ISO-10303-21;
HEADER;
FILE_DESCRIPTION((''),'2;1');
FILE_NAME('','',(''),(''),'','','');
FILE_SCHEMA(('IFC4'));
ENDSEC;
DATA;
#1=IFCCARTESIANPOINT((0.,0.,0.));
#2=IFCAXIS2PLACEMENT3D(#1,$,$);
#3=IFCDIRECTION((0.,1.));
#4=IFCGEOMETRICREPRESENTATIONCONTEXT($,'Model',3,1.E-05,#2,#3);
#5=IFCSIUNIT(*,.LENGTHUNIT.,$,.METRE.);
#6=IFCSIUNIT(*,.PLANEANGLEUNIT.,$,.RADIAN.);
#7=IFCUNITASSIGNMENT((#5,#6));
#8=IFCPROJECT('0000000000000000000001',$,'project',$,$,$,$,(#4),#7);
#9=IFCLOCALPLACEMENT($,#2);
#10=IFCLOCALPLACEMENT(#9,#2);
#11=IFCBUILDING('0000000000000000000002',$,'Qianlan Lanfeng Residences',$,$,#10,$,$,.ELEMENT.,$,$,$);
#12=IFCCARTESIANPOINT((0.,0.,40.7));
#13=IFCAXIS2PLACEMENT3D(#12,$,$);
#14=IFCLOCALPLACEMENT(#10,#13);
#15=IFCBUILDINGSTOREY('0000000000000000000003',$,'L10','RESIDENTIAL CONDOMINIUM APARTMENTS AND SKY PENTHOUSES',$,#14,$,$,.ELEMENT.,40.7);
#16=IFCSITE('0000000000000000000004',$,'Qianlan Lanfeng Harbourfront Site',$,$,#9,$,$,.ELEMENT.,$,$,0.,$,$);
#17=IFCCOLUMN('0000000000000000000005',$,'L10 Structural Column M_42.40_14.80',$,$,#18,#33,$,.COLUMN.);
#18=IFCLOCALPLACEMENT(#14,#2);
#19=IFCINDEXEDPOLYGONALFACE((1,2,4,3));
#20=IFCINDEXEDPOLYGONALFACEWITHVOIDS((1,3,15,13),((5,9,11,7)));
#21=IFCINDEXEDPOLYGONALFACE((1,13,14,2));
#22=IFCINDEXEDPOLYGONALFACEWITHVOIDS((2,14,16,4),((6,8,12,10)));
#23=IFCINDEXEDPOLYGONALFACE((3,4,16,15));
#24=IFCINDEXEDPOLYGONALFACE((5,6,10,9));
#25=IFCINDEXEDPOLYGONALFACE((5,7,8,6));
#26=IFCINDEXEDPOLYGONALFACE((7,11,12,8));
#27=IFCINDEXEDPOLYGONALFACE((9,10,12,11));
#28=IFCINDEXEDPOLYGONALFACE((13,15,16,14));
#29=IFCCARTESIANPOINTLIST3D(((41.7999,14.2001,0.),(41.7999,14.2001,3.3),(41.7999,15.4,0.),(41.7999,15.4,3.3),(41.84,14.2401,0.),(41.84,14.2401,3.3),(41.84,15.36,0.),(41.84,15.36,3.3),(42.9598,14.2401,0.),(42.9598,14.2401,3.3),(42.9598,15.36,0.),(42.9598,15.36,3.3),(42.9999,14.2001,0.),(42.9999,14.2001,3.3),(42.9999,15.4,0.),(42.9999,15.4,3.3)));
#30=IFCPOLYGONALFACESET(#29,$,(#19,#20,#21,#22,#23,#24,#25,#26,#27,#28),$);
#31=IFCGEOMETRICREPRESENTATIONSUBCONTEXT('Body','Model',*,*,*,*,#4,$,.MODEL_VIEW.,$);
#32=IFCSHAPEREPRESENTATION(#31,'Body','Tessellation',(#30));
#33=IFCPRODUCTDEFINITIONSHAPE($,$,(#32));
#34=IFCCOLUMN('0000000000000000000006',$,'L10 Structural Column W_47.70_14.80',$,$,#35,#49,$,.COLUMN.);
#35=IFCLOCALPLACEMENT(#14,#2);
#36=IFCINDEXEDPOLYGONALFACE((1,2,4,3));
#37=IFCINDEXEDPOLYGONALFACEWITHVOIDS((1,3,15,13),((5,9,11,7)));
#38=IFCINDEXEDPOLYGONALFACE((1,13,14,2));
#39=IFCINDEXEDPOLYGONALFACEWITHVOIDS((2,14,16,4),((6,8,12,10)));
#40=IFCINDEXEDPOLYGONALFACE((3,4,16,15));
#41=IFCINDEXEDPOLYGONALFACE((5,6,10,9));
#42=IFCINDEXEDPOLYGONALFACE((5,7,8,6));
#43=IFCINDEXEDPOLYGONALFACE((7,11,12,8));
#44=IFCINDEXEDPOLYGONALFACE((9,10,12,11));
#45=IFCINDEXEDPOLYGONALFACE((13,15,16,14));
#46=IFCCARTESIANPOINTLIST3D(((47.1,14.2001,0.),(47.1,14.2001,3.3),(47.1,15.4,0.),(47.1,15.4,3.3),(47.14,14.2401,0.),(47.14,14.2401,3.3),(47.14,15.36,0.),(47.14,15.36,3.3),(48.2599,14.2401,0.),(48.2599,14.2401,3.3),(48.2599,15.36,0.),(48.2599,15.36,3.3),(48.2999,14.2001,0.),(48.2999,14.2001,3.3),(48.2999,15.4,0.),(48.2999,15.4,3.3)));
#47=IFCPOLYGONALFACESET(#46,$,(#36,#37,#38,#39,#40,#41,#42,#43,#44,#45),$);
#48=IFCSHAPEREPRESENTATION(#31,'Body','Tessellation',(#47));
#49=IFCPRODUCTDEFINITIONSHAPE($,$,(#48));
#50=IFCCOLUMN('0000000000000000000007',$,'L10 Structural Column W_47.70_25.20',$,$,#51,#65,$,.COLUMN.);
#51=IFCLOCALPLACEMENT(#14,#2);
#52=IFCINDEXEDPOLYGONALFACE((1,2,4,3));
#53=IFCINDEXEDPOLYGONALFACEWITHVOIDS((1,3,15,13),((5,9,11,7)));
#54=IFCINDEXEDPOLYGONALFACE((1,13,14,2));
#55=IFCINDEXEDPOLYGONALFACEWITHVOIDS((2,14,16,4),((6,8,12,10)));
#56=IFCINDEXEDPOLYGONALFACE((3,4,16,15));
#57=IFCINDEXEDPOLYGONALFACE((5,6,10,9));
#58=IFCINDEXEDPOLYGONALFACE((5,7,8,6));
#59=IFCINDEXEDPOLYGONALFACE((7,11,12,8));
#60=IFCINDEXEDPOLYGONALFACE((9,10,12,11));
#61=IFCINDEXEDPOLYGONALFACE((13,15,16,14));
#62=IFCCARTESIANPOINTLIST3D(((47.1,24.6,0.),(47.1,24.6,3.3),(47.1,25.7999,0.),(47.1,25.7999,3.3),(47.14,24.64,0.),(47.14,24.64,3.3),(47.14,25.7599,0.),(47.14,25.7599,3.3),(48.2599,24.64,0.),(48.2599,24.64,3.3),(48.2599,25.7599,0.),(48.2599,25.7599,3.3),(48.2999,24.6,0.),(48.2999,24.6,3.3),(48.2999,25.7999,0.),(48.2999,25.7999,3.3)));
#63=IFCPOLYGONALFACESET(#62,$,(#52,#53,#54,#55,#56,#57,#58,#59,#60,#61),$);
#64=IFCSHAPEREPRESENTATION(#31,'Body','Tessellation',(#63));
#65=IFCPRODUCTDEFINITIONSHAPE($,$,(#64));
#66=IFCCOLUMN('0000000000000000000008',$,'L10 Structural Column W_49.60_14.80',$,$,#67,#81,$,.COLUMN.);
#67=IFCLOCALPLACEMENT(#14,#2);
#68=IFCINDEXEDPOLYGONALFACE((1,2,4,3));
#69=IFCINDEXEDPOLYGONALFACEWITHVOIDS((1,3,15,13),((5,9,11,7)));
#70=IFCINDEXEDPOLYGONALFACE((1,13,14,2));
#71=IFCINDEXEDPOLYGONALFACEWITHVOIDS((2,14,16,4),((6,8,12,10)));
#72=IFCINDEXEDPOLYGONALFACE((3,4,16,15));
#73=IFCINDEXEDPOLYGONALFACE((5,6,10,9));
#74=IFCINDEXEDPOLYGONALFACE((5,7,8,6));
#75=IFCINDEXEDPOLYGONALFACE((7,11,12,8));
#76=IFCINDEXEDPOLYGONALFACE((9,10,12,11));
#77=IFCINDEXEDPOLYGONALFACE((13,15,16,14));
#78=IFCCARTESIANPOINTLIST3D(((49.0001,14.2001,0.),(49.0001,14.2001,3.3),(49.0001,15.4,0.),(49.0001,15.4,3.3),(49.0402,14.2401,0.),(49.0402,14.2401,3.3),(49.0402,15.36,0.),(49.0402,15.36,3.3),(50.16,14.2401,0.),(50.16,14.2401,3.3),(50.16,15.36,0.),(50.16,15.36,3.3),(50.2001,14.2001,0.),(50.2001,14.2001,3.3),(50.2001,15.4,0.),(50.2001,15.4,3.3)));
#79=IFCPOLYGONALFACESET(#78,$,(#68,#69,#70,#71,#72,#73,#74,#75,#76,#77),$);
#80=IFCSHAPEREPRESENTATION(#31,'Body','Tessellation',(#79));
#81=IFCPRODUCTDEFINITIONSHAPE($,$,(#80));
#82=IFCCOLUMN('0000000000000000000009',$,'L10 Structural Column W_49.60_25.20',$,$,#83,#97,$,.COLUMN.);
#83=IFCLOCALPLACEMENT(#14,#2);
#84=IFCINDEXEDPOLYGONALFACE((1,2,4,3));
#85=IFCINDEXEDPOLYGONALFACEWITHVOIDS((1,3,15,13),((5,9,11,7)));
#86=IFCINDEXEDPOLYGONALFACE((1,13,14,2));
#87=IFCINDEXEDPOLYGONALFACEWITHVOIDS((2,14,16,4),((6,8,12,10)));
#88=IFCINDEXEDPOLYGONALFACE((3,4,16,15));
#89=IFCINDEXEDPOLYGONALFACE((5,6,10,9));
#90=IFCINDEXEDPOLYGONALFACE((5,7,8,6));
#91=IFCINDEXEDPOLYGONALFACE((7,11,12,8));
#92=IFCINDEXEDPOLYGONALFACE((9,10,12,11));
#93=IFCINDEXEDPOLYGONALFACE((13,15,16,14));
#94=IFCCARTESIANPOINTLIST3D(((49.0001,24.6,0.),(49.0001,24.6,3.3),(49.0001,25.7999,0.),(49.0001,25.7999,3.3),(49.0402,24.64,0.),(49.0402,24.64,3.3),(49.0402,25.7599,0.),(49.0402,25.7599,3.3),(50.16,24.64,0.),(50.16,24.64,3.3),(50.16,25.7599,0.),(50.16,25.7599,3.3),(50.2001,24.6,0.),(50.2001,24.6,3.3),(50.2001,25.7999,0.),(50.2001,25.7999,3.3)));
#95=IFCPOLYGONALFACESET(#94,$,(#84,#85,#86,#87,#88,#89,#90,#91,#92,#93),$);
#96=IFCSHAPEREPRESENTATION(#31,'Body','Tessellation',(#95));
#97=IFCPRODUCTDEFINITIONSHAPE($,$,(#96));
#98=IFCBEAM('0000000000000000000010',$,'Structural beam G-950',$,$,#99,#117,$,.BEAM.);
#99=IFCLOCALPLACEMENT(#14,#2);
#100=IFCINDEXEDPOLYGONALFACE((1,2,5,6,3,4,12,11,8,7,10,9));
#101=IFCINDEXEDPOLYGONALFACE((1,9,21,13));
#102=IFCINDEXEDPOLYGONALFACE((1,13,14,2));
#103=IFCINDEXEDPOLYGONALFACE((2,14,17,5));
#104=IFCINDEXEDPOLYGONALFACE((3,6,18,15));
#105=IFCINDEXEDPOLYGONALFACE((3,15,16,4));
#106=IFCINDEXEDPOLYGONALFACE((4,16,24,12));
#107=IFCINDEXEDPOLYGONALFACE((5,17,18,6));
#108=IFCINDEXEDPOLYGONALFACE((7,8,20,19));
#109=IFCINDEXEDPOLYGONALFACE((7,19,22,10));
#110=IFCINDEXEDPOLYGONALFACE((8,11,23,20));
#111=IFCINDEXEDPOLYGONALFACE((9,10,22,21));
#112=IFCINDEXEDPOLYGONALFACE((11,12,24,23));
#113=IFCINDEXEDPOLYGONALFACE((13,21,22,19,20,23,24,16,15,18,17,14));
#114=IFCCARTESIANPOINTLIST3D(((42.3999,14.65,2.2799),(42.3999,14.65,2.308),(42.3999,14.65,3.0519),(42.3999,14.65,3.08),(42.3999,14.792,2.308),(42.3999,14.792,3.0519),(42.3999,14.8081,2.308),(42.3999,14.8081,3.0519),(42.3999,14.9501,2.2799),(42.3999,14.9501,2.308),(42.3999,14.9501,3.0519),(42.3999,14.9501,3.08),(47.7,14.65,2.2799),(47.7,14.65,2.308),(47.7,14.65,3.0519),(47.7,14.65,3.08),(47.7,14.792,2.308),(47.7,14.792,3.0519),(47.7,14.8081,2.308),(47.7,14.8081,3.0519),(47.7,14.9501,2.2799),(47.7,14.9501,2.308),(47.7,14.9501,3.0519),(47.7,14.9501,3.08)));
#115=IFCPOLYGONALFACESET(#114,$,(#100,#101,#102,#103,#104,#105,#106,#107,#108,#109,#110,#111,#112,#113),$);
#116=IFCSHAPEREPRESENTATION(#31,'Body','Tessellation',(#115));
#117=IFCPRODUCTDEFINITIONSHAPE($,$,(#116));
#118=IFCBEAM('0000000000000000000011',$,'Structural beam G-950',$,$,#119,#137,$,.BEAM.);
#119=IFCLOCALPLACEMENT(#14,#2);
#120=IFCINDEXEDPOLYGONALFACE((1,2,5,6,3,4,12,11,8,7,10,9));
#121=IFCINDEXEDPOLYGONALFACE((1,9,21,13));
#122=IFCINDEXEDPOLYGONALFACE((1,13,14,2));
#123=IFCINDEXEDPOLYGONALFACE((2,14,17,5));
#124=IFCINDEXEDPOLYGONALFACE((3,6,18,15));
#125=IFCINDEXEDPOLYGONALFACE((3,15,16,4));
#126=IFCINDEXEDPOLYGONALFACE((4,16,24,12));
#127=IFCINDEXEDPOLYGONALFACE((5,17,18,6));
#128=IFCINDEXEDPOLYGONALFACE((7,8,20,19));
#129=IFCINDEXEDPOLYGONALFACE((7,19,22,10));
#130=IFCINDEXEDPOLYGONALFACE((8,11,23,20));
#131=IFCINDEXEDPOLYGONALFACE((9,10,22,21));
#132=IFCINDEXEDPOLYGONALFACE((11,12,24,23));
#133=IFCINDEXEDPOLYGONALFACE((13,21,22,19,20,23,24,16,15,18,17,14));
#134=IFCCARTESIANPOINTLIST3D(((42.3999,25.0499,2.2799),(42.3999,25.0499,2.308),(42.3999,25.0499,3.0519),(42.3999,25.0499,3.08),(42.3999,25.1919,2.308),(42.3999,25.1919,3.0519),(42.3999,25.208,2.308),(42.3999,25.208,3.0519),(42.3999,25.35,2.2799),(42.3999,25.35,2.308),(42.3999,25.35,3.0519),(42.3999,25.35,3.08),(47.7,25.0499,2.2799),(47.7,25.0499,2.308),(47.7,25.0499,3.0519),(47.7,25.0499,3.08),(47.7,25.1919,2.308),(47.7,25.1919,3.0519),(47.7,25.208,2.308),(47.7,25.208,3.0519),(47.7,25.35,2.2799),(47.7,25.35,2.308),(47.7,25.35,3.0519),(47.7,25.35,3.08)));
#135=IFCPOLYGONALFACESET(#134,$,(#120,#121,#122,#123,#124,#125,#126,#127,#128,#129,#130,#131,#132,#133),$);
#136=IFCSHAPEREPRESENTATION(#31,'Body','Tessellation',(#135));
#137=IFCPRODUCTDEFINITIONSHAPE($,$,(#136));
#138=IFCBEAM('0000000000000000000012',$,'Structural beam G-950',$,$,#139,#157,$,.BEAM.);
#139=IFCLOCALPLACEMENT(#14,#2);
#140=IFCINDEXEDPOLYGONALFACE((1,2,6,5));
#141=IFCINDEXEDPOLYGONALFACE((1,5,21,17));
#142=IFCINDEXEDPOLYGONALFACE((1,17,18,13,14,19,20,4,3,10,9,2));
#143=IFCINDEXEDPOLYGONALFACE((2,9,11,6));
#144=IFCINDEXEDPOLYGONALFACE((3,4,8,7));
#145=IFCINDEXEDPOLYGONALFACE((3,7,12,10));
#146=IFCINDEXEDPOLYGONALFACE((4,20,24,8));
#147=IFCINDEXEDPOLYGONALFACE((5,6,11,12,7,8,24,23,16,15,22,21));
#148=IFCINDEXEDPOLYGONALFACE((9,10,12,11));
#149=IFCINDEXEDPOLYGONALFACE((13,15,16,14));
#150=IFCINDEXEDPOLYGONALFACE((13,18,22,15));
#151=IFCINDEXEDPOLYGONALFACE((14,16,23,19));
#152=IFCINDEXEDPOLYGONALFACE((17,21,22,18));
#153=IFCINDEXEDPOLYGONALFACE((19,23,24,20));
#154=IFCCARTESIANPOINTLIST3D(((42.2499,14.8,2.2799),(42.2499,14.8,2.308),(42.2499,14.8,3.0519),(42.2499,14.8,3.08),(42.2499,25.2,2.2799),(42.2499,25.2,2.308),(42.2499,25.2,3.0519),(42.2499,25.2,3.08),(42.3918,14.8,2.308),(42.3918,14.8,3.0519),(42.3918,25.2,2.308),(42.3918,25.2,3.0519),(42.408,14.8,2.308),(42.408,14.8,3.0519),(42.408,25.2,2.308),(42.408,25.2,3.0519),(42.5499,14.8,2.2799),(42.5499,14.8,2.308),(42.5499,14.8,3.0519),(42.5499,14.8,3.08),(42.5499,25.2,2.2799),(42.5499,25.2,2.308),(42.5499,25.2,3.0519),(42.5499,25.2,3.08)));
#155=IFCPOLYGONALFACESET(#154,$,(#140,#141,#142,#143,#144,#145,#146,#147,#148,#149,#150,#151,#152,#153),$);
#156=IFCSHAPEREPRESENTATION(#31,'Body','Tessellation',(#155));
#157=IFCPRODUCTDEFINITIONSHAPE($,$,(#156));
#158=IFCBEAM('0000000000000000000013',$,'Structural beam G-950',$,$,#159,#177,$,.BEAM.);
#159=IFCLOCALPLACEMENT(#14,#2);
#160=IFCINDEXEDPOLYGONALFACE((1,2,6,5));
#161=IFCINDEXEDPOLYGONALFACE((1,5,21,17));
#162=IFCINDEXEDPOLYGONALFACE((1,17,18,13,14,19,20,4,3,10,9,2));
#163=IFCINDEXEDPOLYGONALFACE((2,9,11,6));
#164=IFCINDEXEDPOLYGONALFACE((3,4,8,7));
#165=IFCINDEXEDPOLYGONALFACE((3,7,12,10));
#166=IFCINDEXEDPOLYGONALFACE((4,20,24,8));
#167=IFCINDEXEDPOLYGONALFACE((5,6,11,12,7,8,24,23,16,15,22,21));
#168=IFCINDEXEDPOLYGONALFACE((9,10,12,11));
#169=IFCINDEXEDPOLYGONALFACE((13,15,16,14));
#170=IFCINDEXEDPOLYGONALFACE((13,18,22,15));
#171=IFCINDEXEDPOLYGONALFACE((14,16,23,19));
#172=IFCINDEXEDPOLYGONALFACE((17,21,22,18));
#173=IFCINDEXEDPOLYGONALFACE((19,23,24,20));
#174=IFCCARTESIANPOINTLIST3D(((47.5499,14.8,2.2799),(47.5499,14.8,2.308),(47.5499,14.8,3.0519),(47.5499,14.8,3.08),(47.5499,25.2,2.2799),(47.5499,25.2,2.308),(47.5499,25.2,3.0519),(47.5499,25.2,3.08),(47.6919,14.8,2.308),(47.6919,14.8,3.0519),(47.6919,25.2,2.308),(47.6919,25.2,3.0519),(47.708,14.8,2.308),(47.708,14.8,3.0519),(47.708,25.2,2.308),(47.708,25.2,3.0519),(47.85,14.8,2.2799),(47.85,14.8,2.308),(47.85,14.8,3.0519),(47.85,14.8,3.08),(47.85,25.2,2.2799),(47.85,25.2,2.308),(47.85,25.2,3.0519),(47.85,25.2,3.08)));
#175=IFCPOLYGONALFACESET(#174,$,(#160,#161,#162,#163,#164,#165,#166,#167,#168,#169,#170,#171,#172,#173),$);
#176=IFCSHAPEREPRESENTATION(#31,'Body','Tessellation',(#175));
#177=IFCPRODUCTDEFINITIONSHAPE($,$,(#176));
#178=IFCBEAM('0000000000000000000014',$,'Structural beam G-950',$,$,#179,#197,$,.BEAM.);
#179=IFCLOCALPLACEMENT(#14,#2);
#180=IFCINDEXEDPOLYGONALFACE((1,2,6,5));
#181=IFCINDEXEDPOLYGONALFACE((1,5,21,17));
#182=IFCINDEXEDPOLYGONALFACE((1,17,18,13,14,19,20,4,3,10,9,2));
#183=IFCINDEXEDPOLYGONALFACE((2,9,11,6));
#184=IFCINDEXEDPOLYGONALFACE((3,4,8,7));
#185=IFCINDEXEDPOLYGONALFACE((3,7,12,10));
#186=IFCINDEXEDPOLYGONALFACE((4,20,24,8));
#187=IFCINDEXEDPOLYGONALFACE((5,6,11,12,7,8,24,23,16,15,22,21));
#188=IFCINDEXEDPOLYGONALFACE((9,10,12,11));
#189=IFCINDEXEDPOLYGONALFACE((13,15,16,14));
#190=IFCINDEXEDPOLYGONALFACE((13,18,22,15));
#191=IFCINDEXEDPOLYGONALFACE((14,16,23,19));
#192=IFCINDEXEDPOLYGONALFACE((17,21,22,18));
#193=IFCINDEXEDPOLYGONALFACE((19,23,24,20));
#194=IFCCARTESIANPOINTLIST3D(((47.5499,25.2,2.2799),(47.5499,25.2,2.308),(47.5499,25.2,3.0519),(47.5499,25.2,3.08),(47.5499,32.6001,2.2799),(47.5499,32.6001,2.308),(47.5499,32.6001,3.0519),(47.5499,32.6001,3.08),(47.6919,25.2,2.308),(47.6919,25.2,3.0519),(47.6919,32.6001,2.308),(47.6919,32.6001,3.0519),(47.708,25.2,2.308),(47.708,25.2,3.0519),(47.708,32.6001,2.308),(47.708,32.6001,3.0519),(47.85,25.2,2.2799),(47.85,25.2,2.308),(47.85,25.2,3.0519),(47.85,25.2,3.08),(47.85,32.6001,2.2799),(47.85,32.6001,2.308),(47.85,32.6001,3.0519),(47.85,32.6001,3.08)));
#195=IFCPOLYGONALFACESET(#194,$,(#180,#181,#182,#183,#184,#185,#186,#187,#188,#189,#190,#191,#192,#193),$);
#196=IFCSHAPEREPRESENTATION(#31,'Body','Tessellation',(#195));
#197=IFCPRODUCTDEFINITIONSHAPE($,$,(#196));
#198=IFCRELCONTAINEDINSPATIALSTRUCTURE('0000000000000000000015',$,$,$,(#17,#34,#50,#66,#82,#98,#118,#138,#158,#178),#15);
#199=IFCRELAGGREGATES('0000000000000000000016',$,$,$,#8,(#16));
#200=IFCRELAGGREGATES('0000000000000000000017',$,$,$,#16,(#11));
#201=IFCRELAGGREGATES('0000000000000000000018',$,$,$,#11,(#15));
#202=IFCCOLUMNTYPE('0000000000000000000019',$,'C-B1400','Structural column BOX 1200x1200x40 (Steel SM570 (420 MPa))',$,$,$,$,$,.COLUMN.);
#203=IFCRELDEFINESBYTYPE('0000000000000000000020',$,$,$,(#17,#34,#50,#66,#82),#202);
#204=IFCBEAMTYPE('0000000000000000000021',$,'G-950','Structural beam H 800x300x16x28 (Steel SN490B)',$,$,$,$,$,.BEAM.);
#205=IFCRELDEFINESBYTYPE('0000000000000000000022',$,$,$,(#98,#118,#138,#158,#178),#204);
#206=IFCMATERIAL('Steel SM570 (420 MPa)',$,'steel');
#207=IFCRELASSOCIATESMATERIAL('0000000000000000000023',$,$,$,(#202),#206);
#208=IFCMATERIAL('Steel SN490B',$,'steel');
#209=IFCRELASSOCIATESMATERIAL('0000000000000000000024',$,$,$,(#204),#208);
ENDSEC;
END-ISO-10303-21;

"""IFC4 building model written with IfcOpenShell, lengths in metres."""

from ifc_helpers import new_model, si_unit, direction, frame, origin, origin_2d, place, context, subcontext, project, spatial, hollow_rectangle, i_section, extrude, material, material_profile, profile_set, type_object, element, save


model = new_model("IFC4")

# Units and contexts
model_context = context("Model", 3, precision=1e-05, world=origin(), true_north=direction((0.0, 1.0)))
body_context = subcontext(model_context, "Body", "Model", "MODEL_VIEW")
ifc_project = project(units=[si_unit("LENGTHUNIT", "METRE"), si_unit("PLANEANGLEUNIT", "RADIAN")], contexts=[model_context])

# Site, building, storey
site_placement = place(None, origin())
site = spatial("IfcSite", under=ifc_project, at=site_placement, Name="Qianlan Lanfeng Harbourfront Site", CompositionType="ELEMENT", RefElevation=0.0)
building_placement = place(site_placement, origin())
building = spatial("IfcBuilding", under=site, at=building_placement, Name="Qianlan Lanfeng Residences", CompositionType="ELEMENT")
storey_placement = place(building_placement, frame((0.0, 0.0, 40.7)))
storey = spatial("IfcBuildingStorey", under=building, at=storey_placement, Name="L10", Description="RESIDENTIAL CONDOMINIUM APARTMENTS AND SKY PENTHOUSES", CompositionType="ELEMENT", Elevation=40.7)

# Columns
ifc_material_1 = material(Name="Steel SM570 (420 MPa)", Category="steel")
ifc_material_profile_1 = material_profile(ifc_material_1, hollow_rectangle(XDim=1.2, YDim=1.2, WallThickness=0.04, at=origin_2d()), Name="BOX 1200x1200x40")
ifc_profile_set_1 = profile_set([ifc_material_profile_1], Name="Steel SM570 (420 MPa)")
column_type = type_object("IfcColumnType", Name="C-B1400", Description="Structural column BOX 1200x1200x40 (Steel SM570 (420 MPa))", PredefinedType="COLUMN", material=ifc_profile_set_1)
for number, where, z_axis, x_axis, name in (
    (1, (42.3999, 14.8, 0.0), (0.0, 0.0, 1.0), (1.0, 0.0, 0.0), "L10 Structural Column M_42.40_14.80"),
    (2, (47.7, 14.8, 0.0), (0.0, 0.0, 1.0), (1.0, 0.0, 0.0), "L10 Structural Column W_47.70_14.80"),
    (3, (47.7, 25.2, 0.0), (0.0, 0.0, 1.0), (1.0, 0.0, 0.0), "L10 Structural Column W_47.70_25.20"),
    (4, (49.6001, 14.8, 0.0), (0.0, 0.0, 1.0), (1.0, 0.0, 0.0), "L10 Structural Column W_49.60_14.80"),
    (5, (49.6001, 25.2, 0.0), (0.0, 0.0, 1.0), (1.0, 0.0, 0.0), "L10 Structural Column W_49.60_25.20"),
):
    element("IfcColumn", number, at=place(storey_placement, frame(where, z_axis=z_axis, x_axis=x_axis)), inside=storey, type_object=column_type, Name=name, PredefinedType="COLUMN", context=body_context, shape_type="SweptSolid", body=[
        extrude(hollow_rectangle(XDim=1.2, YDim=1.2, WallThickness=0.04, at=origin_2d()), origin(), (0.0, 0.0, 1.0), 3.3),
    ])

# Beams
ifc_material_2 = material(Name="Steel SN490B", Category="steel")
ifc_material_profile_2 = material_profile(ifc_material_2, i_section(OverallWidth=0.3, OverallDepth=0.8, WebThickness=0.0161, FlangeThickness=0.0281, at=origin_2d()), Name="H 800x300x16x28")
ifc_profile_set_2 = profile_set([ifc_material_profile_2], Name="Steel SN490B")
beam_type_1 = type_object("IfcBeamType", Name="G-950", Description="Structural beam H 800x300x16x28 (Steel SN490B)", PredefinedType="BEAM", material=ifc_profile_set_2)
for number, where, z_axis, x_axis, name in (
    (6, (42.3999, 14.8, 2.6799), (1.0, 0.0, 0.0), (0.0, 1.0, 0.0), "Structural beam G-950"),
    (7, (42.3999, 25.2, 2.6799), (1.0, 0.0, 0.0), (0.0, 1.0, 0.0), "Structural beam G-950"),
):
    element("IfcBeam", number, at=place(storey_placement, frame(where, z_axis=z_axis, x_axis=x_axis)), inside=storey, type_object=beam_type_1, Name=name, PredefinedType="BEAM", context=body_context, shape_type="SweptSolid", body=[
        extrude(i_section(OverallWidth=0.3, OverallDepth=0.8, WebThickness=0.0161, FlangeThickness=0.0281, at=origin_2d()), origin(), (0.0, 0.0, 1.0), 5.3),
    ])
for number, where, z_axis, x_axis, name in (
    (8, (42.3999, 14.8, 2.6799), (0.0, 1.0, 0.0), (-1.0, 0.0, 0.0), "Structural beam G-950"),
    (9, (47.7, 14.8, 2.6799), (0.0, 1.0, 0.0), (-1.0, 0.0, 0.0), "Structural beam G-950"),
):
    element("IfcBeam", number, at=place(storey_placement, frame(where, z_axis=z_axis, x_axis=x_axis)), inside=storey, type_object=beam_type_1, Name=name, PredefinedType="BEAM", context=body_context, shape_type="SweptSolid", body=[
        extrude(i_section(OverallWidth=0.3, OverallDepth=0.8, WebThickness=0.0161, FlangeThickness=0.0281, at=origin_2d()), origin(), (0.0, 0.0, 1.0), 10.3999),
    ])
beam_1_placement = place(storey_placement, frame((47.7, 25.2, 2.6799), z_axis=(0.0, 1.0, 0.0), x_axis=(-1.0, 0.0, 0.0)))
element("IfcBeam", 10, at=beam_1_placement, inside=storey, type_object=beam_type_1, Name="Structural beam G-950", PredefinedType="BEAM", context=body_context, shape_type="SweptSolid", body=[
    extrude(i_section(OverallWidth=0.3, OverallDepth=0.8, WebThickness=0.0161, FlangeThickness=0.0281, at=origin_2d()), origin(), (0.0, 0.0, 1.0), 7.4001),
])

save(model, "model.ifc")
